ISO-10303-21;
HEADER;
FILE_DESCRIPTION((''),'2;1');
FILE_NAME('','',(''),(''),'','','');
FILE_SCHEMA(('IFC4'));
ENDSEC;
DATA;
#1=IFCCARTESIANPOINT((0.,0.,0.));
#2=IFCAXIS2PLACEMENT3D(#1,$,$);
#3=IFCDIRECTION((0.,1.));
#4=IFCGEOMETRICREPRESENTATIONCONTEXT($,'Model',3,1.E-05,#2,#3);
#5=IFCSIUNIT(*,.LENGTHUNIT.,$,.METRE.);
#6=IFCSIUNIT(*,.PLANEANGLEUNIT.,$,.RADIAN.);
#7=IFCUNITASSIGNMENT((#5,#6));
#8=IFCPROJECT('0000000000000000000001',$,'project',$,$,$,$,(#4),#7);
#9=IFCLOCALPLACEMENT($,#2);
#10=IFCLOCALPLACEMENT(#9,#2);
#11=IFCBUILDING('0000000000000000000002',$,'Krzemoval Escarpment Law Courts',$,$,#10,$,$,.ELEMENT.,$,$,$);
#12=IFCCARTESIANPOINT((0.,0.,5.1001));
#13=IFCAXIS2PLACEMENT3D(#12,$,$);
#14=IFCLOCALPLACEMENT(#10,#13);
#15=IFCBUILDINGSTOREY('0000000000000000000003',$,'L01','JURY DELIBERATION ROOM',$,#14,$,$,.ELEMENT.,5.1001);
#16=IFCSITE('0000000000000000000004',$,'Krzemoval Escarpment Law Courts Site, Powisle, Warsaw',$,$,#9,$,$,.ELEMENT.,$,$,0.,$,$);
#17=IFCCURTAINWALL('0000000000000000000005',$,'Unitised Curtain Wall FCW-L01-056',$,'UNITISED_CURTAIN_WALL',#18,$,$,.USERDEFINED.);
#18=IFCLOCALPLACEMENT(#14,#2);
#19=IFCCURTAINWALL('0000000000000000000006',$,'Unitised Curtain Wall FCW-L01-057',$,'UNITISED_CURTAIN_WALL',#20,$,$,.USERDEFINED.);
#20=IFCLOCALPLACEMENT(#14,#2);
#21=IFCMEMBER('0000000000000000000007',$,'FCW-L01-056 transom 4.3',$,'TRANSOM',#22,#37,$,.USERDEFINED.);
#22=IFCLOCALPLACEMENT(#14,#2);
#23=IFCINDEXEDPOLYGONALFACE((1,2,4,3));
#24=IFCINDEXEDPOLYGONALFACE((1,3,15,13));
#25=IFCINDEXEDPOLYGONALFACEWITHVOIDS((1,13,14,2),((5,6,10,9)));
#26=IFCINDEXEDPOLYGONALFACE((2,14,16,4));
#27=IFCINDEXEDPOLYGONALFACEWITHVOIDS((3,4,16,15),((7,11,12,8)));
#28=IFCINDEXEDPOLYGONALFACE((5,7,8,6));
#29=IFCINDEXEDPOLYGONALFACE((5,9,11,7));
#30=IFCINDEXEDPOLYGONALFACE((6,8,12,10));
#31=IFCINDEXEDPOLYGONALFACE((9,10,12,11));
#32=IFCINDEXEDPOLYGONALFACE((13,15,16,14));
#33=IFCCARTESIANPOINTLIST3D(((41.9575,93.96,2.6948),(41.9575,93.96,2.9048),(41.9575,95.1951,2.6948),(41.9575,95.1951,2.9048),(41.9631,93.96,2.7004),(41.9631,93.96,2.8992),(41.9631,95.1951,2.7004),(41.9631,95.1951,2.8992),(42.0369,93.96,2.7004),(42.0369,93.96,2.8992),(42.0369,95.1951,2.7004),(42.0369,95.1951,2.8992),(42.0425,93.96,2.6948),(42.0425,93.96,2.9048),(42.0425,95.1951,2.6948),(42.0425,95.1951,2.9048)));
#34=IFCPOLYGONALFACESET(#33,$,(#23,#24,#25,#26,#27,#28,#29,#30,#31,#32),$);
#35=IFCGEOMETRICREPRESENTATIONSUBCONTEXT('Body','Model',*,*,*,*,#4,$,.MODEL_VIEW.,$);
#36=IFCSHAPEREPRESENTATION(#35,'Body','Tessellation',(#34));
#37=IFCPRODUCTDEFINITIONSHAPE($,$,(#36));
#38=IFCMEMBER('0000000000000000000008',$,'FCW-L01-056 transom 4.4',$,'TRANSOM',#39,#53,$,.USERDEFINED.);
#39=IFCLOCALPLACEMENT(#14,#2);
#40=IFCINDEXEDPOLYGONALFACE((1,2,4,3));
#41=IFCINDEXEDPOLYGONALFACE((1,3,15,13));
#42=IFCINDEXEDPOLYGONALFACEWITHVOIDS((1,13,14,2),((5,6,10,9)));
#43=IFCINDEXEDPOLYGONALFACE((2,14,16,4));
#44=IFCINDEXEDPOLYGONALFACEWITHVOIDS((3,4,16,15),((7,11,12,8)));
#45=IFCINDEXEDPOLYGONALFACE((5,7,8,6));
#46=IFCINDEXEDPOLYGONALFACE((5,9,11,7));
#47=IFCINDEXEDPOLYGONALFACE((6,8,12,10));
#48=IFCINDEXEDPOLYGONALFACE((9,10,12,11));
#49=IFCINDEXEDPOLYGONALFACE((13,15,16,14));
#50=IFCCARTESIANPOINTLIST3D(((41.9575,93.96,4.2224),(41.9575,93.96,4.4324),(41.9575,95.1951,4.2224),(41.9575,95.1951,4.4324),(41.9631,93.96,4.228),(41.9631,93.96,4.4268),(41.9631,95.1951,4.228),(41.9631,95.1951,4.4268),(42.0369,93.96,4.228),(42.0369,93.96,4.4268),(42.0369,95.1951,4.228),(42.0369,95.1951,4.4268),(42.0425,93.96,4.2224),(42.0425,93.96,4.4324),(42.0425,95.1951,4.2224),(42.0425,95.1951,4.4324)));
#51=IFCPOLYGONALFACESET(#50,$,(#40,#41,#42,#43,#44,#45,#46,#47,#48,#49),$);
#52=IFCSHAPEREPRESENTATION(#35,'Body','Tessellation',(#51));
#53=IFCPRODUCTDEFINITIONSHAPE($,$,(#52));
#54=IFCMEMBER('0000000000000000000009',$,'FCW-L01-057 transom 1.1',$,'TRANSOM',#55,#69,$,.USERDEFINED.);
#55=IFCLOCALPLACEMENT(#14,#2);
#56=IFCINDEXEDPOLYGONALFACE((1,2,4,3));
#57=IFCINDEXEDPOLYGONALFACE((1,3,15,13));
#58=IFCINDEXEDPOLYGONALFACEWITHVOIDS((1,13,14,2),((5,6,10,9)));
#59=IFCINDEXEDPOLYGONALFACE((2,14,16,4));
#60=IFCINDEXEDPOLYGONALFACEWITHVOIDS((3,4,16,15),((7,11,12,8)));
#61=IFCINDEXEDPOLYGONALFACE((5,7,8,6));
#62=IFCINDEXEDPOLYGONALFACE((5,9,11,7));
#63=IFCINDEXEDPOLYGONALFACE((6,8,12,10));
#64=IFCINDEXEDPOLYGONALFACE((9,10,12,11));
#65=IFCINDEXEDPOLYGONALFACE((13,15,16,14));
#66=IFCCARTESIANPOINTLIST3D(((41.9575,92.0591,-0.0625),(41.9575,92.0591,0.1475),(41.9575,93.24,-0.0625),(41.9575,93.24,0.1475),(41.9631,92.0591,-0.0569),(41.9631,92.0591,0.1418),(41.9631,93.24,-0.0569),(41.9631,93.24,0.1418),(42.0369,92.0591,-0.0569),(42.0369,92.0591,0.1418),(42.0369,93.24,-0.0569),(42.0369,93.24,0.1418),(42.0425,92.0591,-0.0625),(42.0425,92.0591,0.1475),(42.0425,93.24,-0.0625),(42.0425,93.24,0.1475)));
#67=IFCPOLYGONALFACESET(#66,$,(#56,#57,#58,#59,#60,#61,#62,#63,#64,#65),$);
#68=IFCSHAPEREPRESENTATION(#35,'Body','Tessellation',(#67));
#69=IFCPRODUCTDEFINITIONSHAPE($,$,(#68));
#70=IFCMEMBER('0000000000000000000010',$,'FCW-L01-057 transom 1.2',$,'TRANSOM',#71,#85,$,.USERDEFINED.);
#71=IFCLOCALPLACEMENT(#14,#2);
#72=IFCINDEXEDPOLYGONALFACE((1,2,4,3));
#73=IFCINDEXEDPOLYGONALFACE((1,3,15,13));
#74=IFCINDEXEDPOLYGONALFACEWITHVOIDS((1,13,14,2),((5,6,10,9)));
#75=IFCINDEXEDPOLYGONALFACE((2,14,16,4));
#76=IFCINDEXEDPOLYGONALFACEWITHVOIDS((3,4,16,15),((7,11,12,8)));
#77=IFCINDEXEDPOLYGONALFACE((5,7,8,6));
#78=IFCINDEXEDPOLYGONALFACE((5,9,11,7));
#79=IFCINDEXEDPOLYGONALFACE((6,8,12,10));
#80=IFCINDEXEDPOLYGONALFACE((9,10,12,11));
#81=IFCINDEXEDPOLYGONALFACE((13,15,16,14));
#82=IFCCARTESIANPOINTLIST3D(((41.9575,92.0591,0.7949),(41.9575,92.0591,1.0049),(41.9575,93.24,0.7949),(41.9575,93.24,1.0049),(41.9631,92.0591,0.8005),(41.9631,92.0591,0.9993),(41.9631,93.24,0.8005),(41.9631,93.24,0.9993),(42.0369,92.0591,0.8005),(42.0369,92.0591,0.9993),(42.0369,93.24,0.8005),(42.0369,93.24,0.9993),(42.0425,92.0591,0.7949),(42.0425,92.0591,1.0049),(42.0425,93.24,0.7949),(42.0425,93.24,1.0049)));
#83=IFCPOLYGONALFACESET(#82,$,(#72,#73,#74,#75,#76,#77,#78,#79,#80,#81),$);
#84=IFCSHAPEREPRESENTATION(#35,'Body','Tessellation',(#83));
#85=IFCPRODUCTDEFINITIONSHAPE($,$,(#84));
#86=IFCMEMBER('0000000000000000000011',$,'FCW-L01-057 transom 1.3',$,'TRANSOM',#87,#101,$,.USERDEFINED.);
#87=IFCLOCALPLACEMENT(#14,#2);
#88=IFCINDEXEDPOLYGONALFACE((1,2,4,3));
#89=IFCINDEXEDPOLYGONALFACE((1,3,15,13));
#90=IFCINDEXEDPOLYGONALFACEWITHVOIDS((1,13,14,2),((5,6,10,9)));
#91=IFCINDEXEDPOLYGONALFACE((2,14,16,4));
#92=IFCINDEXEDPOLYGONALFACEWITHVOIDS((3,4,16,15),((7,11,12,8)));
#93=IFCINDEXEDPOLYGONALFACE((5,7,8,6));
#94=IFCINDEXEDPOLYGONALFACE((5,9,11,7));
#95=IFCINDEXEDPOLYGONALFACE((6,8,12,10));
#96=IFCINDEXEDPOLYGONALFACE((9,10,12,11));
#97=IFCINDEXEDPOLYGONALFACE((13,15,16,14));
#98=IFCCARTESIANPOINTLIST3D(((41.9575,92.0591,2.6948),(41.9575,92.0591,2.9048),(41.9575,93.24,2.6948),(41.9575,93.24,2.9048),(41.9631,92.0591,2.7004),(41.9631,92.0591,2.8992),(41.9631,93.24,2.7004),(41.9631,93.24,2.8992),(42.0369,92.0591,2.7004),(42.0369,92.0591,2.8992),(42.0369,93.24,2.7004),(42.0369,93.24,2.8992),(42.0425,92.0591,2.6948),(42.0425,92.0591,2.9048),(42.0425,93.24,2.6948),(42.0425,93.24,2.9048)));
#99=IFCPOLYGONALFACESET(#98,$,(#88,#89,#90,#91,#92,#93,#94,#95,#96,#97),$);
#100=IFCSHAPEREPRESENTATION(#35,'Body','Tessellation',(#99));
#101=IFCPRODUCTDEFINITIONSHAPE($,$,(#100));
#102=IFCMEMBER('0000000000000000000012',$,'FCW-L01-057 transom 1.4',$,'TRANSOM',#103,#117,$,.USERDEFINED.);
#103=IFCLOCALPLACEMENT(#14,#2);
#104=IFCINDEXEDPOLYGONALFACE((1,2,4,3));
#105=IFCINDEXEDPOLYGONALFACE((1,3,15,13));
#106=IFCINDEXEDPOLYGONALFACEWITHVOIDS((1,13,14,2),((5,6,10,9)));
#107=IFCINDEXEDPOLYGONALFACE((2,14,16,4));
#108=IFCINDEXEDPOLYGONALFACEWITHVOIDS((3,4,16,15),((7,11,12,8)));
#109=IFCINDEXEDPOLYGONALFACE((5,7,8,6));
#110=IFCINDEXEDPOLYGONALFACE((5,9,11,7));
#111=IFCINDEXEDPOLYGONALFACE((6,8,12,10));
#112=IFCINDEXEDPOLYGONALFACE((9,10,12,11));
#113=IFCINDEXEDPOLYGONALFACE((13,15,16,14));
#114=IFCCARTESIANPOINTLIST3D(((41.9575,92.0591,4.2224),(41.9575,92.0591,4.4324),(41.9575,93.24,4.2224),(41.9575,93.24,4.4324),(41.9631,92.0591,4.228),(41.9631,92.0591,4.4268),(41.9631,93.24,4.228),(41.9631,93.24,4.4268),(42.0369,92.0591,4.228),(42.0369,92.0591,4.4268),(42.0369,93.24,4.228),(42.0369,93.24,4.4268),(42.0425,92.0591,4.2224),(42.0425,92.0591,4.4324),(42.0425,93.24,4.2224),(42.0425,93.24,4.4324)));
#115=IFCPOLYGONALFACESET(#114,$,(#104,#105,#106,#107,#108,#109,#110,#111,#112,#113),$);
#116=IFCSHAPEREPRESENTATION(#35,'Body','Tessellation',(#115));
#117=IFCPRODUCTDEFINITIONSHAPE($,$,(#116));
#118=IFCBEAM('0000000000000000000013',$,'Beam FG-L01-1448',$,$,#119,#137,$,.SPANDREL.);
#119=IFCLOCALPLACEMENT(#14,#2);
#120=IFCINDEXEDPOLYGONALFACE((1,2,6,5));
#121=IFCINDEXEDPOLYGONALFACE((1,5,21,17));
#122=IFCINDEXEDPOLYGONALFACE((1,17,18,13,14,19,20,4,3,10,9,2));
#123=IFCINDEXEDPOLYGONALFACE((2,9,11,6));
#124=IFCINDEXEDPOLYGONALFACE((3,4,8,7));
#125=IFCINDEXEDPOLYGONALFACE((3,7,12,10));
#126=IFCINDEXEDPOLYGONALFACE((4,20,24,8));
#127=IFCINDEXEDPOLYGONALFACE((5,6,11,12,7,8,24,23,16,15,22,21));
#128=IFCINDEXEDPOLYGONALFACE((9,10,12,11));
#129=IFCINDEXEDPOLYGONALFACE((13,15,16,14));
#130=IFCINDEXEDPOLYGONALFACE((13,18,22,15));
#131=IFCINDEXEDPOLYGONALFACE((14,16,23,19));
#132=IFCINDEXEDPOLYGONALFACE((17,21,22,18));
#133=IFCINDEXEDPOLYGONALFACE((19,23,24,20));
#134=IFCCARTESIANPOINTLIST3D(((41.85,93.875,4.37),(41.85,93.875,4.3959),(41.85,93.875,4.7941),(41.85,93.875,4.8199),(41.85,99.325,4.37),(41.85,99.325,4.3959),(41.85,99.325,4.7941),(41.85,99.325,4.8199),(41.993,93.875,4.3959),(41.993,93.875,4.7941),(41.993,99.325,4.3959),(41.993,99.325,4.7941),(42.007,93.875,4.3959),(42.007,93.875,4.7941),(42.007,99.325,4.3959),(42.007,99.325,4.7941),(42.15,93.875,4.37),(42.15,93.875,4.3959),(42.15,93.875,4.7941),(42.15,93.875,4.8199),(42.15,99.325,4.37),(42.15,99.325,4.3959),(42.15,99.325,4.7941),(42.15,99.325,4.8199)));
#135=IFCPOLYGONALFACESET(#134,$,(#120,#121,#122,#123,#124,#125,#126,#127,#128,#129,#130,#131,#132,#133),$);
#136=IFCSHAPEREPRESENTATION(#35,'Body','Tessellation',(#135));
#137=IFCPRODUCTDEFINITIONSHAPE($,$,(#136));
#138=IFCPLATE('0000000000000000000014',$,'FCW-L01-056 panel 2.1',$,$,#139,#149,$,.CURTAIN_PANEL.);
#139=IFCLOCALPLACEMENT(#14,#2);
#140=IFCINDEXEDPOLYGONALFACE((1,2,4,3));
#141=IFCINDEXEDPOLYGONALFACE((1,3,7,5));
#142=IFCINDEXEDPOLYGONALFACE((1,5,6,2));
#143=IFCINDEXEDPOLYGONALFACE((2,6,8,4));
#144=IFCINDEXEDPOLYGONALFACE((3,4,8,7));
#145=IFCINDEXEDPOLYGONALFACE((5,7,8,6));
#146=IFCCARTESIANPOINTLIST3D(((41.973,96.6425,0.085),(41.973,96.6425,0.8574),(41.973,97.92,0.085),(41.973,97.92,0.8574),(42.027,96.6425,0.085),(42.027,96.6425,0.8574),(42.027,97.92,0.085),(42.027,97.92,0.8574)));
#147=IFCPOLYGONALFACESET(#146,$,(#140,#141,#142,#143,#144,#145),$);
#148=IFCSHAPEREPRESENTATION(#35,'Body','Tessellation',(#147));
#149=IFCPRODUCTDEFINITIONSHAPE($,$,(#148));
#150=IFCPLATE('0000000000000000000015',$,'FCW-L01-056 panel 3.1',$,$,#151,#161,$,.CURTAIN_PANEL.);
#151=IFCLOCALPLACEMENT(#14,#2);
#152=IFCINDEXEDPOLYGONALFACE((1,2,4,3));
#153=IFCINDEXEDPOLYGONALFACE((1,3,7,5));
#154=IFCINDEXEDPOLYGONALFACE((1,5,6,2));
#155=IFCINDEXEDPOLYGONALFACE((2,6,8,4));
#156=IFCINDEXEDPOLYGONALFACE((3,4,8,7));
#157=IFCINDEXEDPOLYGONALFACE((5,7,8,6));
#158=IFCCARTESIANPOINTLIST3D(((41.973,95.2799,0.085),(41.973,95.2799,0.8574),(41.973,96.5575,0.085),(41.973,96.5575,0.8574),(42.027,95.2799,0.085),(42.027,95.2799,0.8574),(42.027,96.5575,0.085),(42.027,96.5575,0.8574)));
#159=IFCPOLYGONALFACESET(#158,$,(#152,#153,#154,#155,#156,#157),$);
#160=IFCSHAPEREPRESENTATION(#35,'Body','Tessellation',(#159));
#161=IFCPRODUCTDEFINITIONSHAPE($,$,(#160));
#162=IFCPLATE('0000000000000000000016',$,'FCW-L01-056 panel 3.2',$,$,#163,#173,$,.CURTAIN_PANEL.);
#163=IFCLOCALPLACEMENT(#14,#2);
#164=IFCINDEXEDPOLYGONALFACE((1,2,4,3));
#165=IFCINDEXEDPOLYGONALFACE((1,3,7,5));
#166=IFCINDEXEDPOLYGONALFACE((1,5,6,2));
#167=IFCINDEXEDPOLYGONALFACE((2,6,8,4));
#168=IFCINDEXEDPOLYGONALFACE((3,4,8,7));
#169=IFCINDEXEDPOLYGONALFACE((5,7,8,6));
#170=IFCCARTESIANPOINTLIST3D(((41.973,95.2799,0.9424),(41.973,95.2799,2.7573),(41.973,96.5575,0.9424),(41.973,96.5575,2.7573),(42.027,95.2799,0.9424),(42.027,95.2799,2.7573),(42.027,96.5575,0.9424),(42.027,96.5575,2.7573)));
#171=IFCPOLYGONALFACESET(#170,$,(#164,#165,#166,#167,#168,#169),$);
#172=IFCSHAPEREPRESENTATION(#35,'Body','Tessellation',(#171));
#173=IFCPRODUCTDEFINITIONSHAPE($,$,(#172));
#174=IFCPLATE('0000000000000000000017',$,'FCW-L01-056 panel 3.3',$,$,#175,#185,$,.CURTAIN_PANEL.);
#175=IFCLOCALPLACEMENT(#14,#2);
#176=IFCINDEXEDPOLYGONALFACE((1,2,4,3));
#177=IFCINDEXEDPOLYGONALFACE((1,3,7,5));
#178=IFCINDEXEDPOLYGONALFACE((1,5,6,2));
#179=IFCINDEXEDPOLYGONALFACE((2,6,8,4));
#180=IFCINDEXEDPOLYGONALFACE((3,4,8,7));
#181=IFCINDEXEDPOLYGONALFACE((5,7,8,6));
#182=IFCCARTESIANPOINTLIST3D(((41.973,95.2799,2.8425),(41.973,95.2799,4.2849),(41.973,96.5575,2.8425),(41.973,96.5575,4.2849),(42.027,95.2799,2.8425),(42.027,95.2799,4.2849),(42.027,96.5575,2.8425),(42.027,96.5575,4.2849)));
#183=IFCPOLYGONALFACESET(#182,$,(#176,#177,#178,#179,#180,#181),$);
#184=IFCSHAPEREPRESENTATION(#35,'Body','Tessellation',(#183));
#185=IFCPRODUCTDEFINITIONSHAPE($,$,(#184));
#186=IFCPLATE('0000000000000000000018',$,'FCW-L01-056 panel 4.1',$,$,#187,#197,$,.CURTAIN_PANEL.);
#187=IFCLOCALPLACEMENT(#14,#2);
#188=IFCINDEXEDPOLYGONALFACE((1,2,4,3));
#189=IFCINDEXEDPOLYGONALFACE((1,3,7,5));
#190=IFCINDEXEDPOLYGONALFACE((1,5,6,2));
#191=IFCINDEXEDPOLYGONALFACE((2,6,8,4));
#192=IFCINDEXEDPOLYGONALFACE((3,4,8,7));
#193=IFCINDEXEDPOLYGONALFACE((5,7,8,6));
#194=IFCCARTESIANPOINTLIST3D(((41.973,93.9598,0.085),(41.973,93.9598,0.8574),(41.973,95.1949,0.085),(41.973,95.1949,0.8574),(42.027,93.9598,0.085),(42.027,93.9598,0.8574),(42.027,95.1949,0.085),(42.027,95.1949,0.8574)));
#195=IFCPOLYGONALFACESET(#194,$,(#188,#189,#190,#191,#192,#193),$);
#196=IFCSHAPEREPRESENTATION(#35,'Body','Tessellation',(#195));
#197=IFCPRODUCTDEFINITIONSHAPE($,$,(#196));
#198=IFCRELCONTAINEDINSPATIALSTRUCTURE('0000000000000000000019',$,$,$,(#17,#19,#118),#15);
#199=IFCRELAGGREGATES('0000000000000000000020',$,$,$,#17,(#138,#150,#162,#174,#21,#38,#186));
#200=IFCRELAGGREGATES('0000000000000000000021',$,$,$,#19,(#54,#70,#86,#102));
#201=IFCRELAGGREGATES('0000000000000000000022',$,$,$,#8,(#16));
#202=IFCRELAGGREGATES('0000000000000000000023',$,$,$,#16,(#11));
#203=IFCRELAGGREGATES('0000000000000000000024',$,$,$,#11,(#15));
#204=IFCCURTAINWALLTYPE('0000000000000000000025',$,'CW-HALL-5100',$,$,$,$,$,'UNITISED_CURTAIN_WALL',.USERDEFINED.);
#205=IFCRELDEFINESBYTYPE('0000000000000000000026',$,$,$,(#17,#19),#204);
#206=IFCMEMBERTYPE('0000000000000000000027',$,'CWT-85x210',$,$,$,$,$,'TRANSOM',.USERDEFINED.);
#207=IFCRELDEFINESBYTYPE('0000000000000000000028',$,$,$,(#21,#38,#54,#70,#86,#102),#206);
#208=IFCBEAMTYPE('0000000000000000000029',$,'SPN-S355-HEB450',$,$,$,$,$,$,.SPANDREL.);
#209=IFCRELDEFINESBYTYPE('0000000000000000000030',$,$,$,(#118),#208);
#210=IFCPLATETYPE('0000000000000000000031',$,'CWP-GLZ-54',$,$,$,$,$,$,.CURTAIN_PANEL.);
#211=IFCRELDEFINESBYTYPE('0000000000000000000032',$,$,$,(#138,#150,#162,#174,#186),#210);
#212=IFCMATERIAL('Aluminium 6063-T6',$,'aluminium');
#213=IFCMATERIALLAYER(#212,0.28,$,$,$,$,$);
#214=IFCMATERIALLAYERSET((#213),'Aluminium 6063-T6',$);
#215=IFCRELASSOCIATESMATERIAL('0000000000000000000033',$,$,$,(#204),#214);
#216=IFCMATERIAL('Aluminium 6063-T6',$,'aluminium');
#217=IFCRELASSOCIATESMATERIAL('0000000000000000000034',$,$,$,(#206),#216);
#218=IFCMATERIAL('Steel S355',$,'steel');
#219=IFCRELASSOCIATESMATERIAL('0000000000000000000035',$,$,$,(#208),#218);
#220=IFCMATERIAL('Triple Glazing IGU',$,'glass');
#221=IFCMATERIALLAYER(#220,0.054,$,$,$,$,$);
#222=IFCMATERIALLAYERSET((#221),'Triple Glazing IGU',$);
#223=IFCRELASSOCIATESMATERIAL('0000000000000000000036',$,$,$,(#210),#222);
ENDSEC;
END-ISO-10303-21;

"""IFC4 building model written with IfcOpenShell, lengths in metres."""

from ifc_helpers import new_model, si_unit, direction, frame, origin, origin_2d, place, context, subcontext, project, spatial, rectangle, hollow_rectangle, i_section, extrude, material, layer, layer_set, material_profile, profile_set, type_object, element, aggregate, save


model = new_model("IFC4")

# Units and contexts
model_context = context("Model", 3, precision=1e-05, world=origin(), true_north=direction((0.0, 1.0)))
body_context = subcontext(model_context, "Body", "Model", "MODEL_VIEW")
ifc_project = project(units=[si_unit("LENGTHUNIT", "METRE"), si_unit("PLANEANGLEUNIT", "RADIAN")], contexts=[model_context])

# Site, building, storey
site_placement = place(None, origin())
site = spatial("IfcSite", under=ifc_project, at=site_placement, Name="Krzemoval Escarpment Law Courts Site, Powisle, Warsaw", CompositionType="ELEMENT", RefElevation=0.0)
building_placement = place(site_placement, origin())
building = spatial("IfcBuilding", under=site, at=building_placement, Name="Krzemoval Escarpment Law Courts", CompositionType="ELEMENT")
storey_placement = place(building_placement, frame((0.0, 0.0, 5.1001)))
storey = spatial("IfcBuildingStorey", under=building, at=storey_placement, Name="L01", Description="JURY DELIBERATION ROOM", CompositionType="ELEMENT", Elevation=5.1001)

# Curtain wall
ifc_material_1 = material(Name="Aluminium 6063-T6", Category="aluminium")
ifc_layer_1 = layer(ifc_material_1, 0.28)
ifc_layer_set_1 = layer_set([ifc_layer_1], Name="Aluminium 6063-T6")
curtain_wall_type = type_object("IfcCurtainWallType", Name="CW-HALL-5100", ElementType="UNITISED_CURTAIN_WALL", PredefinedType="USERDEFINED", material=ifc_layer_set_1)
curtain_wall_1_placement = place(storey_placement, origin())
curtain_wall_1 = element("IfcCurtainWall", 1, at=curtain_wall_1_placement, inside=storey, type_object=curtain_wall_type, Name="Unitised Curtain Wall FCW-L01-056", ObjectType="UNITISED_CURTAIN_WALL", PredefinedType="USERDEFINED")

# Curtain wall
curtain_wall_2_placement = place(storey_placement, origin())
curtain_wall_2 = element("IfcCurtainWall", 2, at=curtain_wall_2_placement, inside=storey, type_object=curtain_wall_type, Name="Unitised Curtain Wall FCW-L01-057", ObjectType="UNITISED_CURTAIN_WALL", PredefinedType="USERDEFINED")

# Members
ifc_material_2 = material(Name="Aluminium 6063-T6", Category="aluminium")
ifc_material_profile_1 = material_profile(ifc_material_2, hollow_rectangle(XDim=0.085, YDim=0.21, WallThickness=0.0056, at=origin_2d()), Name="ALU T85x210")
ifc_profile_set_1 = profile_set([ifc_material_profile_1], Name="Aluminium 6063-T6")
member_type_1 = type_object("IfcMemberType", Name="CWT-85x210", ElementType="TRANSOM", PredefinedType="USERDEFINED", material=ifc_profile_set_1)
member_1_placement = place(storey_placement, frame((42.0, 95.1951, 2.7998), z_axis=(0.0, -1.0, 0.0), x_axis=(1.0, 0.0, 0.0)))
member_1 = element("IfcMember", 3, at=member_1_placement, type_object=member_type_1, Name="FCW-L01-056 transom 4.3", ObjectType="TRANSOM", PredefinedType="USERDEFINED", context=body_context, shape_type="SweptSolid", body=[
    extrude(hollow_rectangle(XDim=0.085, YDim=0.21, WallThickness=0.0056, at=origin_2d()), origin(), (0.0, 0.0, 1.0), 1.2351),
])
member_2_placement = place(storey_placement, frame((42.0, 95.1951, 4.3274), z_axis=(0.0, -1.0, 0.0), x_axis=(1.0, 0.0, 0.0)))
member_2 = element("IfcMember", 4, at=member_2_placement, type_object=member_type_1, Name="FCW-L01-056 transom 4.4", ObjectType="TRANSOM", PredefinedType="USERDEFINED", context=body_context, shape_type="SweptSolid", body=[
    extrude(hollow_rectangle(XDim=0.085, YDim=0.21, WallThickness=0.0056, at=origin_2d()), origin(), (0.0, 0.0, 1.0), 1.2351),
])
member_3_placement = place(storey_placement, frame((42.0, 93.24, 0.0425), z_axis=(0.0, -1.0, 0.0), x_axis=(1.0, 0.0, 0.0)))
member_3 = element("IfcMember", 5, at=member_3_placement, type_object=member_type_1, Name="FCW-L01-057 transom 1.1", ObjectType="TRANSOM", PredefinedType="USERDEFINED", context=body_context, shape_type="SweptSolid", body=[
    extrude(hollow_rectangle(XDim=0.085, YDim=0.21, WallThickness=0.0056, at=origin_2d()), origin(), (0.0, 0.0, 1.0), 1.1809),
])
member_4_placement = place(storey_placement, frame((42.0, 93.24, 0.8999), z_axis=(0.0, -1.0, 0.0), x_axis=(1.0, 0.0, 0.0)))
member_4 = element("IfcMember", 6, at=member_4_placement, type_object=member_type_1, Name="FCW-L01-057 transom 1.2", ObjectType="TRANSOM", PredefinedType="USERDEFINED", context=body_context, shape_type="SweptSolid", body=[
    extrude(hollow_rectangle(XDim=0.085, YDim=0.21, WallThickness=0.0056, at=origin_2d()), origin(), (0.0, 0.0, 1.0), 1.1809),
])
member_5_placement = place(storey_placement, frame((42.0, 93.24, 2.7998), z_axis=(0.0, -1.0, 0.0), x_axis=(1.0, 0.0, 0.0)))
member_5 = element("IfcMember", 7, at=member_5_placement, type_object=member_type_1, Name="FCW-L01-057 transom 1.3", ObjectType="TRANSOM", PredefinedType="USERDEFINED", context=body_context, shape_type="SweptSolid", body=[
    extrude(hollow_rectangle(XDim=0.085, YDim=0.21, WallThickness=0.0056, at=origin_2d()), origin(), (0.0, 0.0, 1.0), 1.1809),
])
member_6_placement = place(storey_placement, frame((42.0, 93.24, 4.3274), z_axis=(0.0, -1.0, 0.0), x_axis=(1.0, 0.0, 0.0)))
member_6 = element("IfcMember", 8, at=member_6_placement, type_object=member_type_1, Name="FCW-L01-057 transom 1.4", ObjectType="TRANSOM", PredefinedType="USERDEFINED", context=body_context, shape_type="SweptSolid", body=[
    extrude(hollow_rectangle(XDim=0.085, YDim=0.21, WallThickness=0.0056, at=origin_2d()), origin(), (0.0, 0.0, 1.0), 1.1809),
])

# Beam
ifc_material_3 = material(Name="Steel S355", Category="steel")
ifc_material_profile_2 = material_profile(ifc_material_3, i_section(OverallWidth=0.3, OverallDepth=0.45, WebThickness=0.0139, FlangeThickness=0.0259, at=origin_2d()), Name="HEB 450")
ifc_profile_set_2 = profile_set([ifc_material_profile_2], Name="Steel S355")
beam_type = type_object("IfcBeamType", Name="SPN-S355-HEB450", PredefinedType="SPANDREL", material=ifc_profile_set_2)
beam_placement = place(storey_placement, frame((42.0, 93.875, 4.595), z_axis=(0.0, 1.0, 0.0), x_axis=(-1.0, 0.0, 0.0)))
element("IfcBeam", 9, at=beam_placement, inside=storey, type_object=beam_type, Name="Beam FG-L01-1448", PredefinedType="SPANDREL", context=body_context, shape_type="SweptSolid", body=[
    extrude(i_section(OverallWidth=0.3, OverallDepth=0.45, WebThickness=0.0139, FlangeThickness=0.0259, at=origin_2d()), origin(), (0.0, 0.0, 1.0), 5.45),
])

# Plates
ifc_material_4 = material(Name="Triple Glazing IGU", Category="glass")
ifc_layer_2 = layer(ifc_material_4, 0.054)
ifc_layer_set_2 = layer_set([ifc_layer_2], Name="Triple Glazing IGU")
plate_type = type_object("IfcPlateType", Name="CWP-GLZ-54", PredefinedType="CURTAIN_PANEL", material=ifc_layer_set_2)
plate_1_placement = place(storey_placement, frame((42.0, 97.2812, 0.085), z_axis=(0.0, 0.0, 1.0), x_axis=(0.0, -1.0, 0.0)))
plate_1 = element("IfcPlate", 10, at=plate_1_placement, type_object=plate_type, Name="FCW-L01-056 panel 2.1", PredefinedType="CURTAIN_PANEL", context=body_context, shape_type="SweptSolid", body=[
    extrude(rectangle(XDim=1.2776, YDim=0.054, at=origin_2d()), origin(), (0.0, 0.0, 1.0), 0.7725),
])
plate_2_placement = place(storey_placement, frame((42.0, 95.9187, 0.085), z_axis=(0.0, 0.0, 1.0), x_axis=(0.0, -1.0, 0.0)))
plate_2 = element("IfcPlate", 11, at=plate_2_placement, type_object=plate_type, Name="FCW-L01-056 panel 3.1", PredefinedType="CURTAIN_PANEL", context=body_context, shape_type="SweptSolid", body=[
    extrude(rectangle(XDim=1.2776, YDim=0.054, at=origin_2d()), origin(), (0.0, 0.0, 1.0), 0.7725),
])
plate_3_placement = place(storey_placement, frame((42.0, 95.9187, 0.9424), z_axis=(0.0, 0.0, 1.0), x_axis=(0.0, -1.0, 0.0)))
plate_3 = element("IfcPlate", 12, at=plate_3_placement, type_object=plate_type, Name="FCW-L01-056 panel 3.2", PredefinedType="CURTAIN_PANEL", context=body_context, shape_type="SweptSolid", body=[
    extrude(rectangle(XDim=1.2776, YDim=0.054, at=origin_2d()), origin(), (0.0, 0.0, 1.0), 1.8149),
])
plate_4_placement = place(storey_placement, frame((42.0, 95.9187, 2.8425), z_axis=(0.0, 0.0, 1.0), x_axis=(0.0, -1.0, 0.0)))
plate_4 = element("IfcPlate", 13, at=plate_4_placement, type_object=plate_type, Name="FCW-L01-056 panel 3.3", PredefinedType="CURTAIN_PANEL", context=body_context, shape_type="SweptSolid", body=[
    extrude(rectangle(XDim=1.2776, YDim=0.054, at=origin_2d()), origin(), (0.0, 0.0, 1.0), 1.4424),
])
plate_5_placement = place(storey_placement, frame((42.0, 94.5774, 0.085), z_axis=(0.0, 0.0, 1.0), x_axis=(0.0, -1.0, 0.0)))
plate_5 = element("IfcPlate", 14, at=plate_5_placement, type_object=plate_type, Name="FCW-L01-056 panel 4.1", PredefinedType="CURTAIN_PANEL", context=body_context, shape_type="SweptSolid", body=[
    extrude(rectangle(XDim=1.2351, YDim=0.054, at=origin_2d()), origin(), (0.0, 0.0, 1.0), 0.7725),
])
aggregate(curtain_wall_1, [plate_1, plate_2, plate_3, plate_4, member_1, member_2, plate_5])
aggregate(curtain_wall_2, [member_3, member_4, member_5, member_6])

save(model, "model.ifc")
